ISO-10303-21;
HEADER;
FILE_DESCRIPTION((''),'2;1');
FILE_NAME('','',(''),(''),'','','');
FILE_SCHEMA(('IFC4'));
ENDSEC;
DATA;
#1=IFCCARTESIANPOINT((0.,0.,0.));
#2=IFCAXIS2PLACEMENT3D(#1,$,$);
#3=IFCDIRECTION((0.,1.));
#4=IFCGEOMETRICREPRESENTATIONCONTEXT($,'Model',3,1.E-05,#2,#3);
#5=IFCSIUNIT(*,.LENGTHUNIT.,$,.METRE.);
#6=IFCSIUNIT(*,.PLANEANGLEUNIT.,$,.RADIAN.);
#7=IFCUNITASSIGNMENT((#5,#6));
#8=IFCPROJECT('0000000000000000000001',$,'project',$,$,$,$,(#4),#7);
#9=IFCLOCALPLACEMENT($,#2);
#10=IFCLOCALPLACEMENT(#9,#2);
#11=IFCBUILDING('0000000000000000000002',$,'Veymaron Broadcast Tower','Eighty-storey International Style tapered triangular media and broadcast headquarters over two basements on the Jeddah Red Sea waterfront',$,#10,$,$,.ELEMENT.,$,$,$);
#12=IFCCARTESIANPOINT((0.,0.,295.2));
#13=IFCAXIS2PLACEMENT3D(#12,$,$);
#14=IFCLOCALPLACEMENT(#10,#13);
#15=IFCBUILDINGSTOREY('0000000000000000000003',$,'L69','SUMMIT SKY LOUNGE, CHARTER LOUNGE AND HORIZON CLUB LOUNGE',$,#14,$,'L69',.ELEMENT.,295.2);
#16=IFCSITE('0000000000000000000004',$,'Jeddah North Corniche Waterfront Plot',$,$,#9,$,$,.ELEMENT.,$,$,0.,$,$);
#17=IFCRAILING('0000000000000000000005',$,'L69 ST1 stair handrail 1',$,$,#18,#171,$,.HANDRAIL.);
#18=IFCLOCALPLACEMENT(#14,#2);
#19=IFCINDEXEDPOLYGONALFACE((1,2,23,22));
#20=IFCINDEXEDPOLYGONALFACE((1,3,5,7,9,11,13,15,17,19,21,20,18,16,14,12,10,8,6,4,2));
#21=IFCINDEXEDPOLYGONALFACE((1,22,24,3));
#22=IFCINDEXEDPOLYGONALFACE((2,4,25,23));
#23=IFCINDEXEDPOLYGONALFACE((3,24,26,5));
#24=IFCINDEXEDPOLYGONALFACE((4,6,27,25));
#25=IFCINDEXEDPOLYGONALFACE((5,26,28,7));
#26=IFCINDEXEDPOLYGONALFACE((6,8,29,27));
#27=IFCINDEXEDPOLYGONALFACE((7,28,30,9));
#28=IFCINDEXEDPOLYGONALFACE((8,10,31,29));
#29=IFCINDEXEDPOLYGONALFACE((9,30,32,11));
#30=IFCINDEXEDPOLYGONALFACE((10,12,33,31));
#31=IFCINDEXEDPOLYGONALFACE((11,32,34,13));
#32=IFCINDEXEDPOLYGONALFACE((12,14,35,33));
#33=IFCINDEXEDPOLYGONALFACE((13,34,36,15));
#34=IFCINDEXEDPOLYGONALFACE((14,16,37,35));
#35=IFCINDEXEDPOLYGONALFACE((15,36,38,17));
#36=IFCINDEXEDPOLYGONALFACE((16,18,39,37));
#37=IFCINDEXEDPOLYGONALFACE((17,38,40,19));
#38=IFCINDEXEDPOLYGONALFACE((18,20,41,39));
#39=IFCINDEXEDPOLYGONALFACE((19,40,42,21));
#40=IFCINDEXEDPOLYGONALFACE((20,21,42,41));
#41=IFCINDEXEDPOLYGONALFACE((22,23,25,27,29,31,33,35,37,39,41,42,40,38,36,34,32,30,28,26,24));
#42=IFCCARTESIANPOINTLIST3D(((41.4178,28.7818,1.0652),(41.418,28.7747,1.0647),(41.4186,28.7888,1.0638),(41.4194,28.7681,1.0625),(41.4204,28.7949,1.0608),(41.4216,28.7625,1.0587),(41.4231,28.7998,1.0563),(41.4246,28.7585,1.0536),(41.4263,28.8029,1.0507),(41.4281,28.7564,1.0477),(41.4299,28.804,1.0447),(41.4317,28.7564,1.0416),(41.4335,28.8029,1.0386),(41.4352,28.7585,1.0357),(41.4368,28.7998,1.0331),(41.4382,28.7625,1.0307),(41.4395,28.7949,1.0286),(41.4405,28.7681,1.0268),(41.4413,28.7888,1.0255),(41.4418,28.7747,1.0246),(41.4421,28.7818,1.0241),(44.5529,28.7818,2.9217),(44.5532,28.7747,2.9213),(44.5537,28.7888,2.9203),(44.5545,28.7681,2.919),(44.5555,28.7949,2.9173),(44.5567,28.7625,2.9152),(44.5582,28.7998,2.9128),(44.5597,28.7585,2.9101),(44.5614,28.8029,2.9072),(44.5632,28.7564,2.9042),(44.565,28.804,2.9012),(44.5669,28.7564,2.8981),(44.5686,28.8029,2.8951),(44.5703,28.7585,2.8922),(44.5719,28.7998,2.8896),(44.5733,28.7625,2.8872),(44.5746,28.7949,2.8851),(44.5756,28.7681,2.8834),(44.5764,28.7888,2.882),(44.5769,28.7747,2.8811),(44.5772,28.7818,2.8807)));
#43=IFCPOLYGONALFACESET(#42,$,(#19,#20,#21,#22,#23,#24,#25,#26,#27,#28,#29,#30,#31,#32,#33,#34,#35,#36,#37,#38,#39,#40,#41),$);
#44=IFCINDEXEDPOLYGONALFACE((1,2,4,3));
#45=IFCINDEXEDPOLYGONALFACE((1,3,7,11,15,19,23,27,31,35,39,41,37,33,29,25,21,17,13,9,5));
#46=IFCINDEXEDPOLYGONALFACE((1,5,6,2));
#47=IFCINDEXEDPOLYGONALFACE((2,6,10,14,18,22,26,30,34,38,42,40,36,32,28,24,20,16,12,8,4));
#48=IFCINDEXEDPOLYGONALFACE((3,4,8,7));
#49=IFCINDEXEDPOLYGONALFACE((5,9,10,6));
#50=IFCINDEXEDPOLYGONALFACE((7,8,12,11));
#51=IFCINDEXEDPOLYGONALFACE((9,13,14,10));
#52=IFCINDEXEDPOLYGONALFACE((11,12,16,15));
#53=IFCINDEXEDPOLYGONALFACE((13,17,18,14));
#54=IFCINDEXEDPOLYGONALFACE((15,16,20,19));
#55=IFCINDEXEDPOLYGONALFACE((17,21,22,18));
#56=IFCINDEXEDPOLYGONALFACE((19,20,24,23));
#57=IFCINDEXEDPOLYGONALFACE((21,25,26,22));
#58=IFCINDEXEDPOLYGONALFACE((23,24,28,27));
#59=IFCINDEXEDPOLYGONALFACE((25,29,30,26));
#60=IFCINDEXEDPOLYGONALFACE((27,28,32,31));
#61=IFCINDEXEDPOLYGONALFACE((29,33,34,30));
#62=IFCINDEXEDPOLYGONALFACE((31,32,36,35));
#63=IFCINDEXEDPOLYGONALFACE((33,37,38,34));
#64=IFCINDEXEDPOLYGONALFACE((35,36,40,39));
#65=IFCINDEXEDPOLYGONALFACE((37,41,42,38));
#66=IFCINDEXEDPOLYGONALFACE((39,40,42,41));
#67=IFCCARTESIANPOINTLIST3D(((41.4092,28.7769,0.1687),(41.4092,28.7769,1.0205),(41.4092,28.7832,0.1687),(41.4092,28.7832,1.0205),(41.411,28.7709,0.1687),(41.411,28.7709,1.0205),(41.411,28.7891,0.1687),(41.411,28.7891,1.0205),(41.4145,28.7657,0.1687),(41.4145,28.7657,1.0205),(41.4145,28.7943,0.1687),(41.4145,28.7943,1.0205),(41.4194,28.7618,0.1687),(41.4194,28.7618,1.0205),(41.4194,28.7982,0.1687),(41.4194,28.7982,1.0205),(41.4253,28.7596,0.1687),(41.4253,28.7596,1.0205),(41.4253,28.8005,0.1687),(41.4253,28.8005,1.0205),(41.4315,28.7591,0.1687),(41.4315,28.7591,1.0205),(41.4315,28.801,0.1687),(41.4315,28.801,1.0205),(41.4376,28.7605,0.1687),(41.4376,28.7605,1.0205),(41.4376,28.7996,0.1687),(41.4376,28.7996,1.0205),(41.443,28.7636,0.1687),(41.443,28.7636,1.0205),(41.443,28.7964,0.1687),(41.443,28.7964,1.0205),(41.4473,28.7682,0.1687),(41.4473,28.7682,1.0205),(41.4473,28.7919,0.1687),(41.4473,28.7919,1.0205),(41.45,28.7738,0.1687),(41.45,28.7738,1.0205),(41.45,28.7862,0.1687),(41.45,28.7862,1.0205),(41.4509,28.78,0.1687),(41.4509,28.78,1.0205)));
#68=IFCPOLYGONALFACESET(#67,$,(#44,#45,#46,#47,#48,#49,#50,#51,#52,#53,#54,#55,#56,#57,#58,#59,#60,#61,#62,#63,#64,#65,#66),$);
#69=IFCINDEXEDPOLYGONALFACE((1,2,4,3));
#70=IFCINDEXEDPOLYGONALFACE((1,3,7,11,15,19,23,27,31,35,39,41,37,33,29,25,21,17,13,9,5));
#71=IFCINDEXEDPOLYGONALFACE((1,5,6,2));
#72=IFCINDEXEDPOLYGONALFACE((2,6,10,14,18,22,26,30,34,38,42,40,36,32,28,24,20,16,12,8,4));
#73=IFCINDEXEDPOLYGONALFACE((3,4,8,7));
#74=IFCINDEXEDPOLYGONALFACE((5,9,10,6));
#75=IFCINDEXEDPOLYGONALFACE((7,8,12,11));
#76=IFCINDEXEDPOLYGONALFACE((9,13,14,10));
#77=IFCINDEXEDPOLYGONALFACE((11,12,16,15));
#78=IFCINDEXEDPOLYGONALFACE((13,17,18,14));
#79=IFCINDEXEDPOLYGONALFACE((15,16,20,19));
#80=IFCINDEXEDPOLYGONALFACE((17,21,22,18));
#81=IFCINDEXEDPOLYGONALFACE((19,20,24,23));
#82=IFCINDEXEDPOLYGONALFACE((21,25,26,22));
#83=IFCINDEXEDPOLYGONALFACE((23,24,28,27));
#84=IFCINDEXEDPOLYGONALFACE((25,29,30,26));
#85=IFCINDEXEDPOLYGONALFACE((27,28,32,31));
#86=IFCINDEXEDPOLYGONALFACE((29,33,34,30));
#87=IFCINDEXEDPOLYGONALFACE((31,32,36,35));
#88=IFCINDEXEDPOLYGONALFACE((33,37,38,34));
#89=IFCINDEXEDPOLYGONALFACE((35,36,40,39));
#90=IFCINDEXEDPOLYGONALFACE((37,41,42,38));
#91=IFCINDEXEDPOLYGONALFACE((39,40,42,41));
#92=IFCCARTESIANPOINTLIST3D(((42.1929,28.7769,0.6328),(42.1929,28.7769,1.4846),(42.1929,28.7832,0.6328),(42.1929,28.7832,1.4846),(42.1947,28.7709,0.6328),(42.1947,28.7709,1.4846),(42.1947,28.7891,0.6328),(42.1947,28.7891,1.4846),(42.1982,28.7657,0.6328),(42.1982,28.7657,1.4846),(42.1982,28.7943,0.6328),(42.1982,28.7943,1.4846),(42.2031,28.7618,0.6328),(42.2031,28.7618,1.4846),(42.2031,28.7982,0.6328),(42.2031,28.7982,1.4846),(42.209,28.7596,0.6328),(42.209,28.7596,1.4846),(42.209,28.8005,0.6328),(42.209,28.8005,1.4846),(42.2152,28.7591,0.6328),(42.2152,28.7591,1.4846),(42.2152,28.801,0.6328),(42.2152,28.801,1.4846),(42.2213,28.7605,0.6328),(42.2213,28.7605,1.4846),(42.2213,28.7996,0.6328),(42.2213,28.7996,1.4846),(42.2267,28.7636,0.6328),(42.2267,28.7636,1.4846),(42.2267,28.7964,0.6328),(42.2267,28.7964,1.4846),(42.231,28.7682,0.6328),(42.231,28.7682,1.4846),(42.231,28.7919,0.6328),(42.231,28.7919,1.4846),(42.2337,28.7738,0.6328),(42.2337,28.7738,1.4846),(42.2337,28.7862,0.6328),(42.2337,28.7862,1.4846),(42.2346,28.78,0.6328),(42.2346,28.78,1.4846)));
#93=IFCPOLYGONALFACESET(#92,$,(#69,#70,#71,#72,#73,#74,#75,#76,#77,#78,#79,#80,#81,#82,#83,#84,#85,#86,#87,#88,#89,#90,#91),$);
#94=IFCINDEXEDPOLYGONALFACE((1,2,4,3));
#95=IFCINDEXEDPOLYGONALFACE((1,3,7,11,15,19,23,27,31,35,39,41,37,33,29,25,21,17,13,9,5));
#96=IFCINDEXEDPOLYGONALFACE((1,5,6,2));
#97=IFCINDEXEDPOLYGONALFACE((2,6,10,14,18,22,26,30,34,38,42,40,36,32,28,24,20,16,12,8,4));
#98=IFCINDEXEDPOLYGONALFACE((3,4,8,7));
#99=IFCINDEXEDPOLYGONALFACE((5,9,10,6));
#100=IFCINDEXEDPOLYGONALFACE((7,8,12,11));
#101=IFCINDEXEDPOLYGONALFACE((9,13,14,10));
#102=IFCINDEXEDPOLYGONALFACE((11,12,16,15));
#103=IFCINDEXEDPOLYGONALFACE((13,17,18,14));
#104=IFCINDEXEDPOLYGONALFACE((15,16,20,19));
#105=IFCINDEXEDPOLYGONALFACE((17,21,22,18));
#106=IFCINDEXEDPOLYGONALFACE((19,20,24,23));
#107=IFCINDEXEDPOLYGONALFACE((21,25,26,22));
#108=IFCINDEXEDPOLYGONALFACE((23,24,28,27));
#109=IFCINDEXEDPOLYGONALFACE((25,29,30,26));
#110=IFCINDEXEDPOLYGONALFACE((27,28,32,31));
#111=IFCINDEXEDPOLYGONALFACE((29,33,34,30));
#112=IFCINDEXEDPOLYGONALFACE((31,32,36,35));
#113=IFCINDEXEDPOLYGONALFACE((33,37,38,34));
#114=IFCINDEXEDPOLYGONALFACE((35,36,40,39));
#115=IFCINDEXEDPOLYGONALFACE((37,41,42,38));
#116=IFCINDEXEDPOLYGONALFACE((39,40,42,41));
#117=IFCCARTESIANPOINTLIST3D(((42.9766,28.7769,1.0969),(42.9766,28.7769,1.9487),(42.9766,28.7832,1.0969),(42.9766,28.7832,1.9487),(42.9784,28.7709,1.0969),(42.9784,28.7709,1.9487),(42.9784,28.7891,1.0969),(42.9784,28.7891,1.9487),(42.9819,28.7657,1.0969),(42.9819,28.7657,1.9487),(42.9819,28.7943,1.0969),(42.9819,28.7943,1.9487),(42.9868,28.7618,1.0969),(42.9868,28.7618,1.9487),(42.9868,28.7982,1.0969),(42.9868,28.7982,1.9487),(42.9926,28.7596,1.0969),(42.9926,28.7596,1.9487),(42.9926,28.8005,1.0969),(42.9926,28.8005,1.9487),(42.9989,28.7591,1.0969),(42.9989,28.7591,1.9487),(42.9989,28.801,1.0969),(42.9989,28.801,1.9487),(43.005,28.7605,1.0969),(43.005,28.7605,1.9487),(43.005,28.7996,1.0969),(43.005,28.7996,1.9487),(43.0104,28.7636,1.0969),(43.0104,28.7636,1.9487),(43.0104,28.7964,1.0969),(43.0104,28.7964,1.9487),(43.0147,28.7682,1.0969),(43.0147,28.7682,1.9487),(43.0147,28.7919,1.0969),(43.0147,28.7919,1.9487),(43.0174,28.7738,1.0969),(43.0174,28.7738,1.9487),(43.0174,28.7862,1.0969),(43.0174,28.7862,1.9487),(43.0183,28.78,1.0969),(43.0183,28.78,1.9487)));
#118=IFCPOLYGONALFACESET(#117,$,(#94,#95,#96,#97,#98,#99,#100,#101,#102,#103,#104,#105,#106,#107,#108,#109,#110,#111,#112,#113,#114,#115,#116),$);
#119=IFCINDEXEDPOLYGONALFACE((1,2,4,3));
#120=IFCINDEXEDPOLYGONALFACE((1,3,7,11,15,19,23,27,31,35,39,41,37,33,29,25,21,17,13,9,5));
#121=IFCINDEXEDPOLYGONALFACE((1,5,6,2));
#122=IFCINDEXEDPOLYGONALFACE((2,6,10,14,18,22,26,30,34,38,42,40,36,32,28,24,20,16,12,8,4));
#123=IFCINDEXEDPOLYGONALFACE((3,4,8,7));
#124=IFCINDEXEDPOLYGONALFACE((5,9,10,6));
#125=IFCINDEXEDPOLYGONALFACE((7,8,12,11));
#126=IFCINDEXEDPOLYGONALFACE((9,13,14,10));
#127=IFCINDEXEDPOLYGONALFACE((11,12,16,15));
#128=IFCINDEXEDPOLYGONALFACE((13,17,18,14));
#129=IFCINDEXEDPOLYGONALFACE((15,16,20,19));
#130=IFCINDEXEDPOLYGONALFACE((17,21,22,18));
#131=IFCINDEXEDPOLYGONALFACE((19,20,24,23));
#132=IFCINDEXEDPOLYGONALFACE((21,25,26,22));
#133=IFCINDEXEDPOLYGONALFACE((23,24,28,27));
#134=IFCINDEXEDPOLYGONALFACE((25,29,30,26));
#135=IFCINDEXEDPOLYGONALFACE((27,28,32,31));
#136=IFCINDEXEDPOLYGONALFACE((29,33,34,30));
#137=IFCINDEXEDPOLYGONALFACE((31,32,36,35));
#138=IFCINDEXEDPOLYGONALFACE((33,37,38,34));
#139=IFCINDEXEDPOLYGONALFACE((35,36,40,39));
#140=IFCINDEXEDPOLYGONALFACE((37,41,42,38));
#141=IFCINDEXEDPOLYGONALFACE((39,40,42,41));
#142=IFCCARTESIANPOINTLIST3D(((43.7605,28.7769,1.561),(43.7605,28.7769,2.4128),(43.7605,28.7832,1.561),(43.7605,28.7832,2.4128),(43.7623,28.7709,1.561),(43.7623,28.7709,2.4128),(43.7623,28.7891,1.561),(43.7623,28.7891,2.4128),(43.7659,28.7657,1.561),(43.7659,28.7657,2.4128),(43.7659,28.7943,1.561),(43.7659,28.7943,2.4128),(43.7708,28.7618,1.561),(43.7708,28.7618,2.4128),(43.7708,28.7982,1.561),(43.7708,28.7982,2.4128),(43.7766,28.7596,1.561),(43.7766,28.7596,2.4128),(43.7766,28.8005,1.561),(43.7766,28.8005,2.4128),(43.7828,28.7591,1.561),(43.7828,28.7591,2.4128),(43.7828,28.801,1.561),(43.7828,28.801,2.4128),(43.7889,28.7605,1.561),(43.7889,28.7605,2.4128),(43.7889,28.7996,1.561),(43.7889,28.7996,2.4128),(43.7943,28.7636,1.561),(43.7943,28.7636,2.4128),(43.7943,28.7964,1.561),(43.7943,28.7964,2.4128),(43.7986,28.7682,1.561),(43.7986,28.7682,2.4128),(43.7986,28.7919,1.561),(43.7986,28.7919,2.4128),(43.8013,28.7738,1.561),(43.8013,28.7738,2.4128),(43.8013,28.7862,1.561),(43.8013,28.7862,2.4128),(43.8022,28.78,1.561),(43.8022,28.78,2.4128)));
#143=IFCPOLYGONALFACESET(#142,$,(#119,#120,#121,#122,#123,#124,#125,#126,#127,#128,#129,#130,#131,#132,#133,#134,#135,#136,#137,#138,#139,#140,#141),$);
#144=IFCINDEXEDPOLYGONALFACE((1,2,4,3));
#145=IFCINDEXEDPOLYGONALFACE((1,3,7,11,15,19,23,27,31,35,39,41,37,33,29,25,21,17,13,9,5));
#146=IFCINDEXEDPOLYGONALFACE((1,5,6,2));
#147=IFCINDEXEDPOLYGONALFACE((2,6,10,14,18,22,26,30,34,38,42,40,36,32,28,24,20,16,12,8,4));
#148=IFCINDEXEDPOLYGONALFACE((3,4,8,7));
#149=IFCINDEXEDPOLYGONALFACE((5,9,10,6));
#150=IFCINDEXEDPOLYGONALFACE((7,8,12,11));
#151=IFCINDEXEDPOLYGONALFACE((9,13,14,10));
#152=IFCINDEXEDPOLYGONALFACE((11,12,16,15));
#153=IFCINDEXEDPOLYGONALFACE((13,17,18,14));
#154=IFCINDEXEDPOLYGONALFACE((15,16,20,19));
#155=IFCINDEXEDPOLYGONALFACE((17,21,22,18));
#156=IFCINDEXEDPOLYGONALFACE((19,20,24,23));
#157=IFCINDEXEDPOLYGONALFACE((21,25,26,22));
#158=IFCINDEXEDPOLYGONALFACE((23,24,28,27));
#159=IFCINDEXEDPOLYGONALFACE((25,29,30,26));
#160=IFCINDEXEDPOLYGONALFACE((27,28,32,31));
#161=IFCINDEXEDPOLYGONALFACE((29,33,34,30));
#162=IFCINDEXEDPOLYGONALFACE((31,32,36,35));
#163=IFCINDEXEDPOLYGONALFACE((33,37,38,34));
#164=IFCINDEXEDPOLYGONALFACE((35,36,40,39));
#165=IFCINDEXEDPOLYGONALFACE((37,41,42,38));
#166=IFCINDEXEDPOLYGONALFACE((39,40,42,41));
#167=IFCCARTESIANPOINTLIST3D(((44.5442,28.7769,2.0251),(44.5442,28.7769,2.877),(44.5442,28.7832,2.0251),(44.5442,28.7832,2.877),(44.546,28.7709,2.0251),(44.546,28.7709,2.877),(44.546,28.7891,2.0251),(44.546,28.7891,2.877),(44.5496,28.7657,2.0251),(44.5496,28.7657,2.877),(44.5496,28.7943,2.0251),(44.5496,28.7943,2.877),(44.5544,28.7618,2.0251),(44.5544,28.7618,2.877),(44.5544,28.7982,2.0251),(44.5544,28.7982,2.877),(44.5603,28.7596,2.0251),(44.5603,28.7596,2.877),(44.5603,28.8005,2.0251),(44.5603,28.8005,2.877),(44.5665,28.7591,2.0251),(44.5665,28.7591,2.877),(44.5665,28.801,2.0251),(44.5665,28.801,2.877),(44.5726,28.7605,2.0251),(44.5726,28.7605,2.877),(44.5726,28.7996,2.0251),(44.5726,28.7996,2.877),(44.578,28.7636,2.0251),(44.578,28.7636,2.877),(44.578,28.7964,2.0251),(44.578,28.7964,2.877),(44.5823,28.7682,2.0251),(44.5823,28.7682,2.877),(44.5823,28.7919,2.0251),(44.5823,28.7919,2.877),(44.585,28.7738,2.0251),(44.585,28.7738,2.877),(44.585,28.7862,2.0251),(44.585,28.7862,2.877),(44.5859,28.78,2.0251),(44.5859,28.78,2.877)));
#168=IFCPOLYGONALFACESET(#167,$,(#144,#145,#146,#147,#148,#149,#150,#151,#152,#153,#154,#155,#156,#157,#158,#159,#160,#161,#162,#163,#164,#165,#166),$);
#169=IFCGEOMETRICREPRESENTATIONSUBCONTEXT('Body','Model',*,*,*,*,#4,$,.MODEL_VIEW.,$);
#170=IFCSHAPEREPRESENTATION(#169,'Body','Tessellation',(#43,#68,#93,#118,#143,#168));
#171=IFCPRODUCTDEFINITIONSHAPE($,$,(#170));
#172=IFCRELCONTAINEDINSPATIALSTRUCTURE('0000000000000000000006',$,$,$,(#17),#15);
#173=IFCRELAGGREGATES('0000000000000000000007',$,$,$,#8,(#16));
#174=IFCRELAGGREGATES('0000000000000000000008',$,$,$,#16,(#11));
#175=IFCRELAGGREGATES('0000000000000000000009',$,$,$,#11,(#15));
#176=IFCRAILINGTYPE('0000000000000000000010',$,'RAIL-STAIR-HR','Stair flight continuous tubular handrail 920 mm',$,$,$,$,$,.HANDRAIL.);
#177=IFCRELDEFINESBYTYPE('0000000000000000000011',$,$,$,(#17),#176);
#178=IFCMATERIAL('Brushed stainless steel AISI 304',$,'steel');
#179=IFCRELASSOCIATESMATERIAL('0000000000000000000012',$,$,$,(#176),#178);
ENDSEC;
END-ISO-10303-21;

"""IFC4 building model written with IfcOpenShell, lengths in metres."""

from ifc_helpers import new_model, si_unit, direction, frame, origin, origin_2d, place, context, subcontext, project, spatial, circle, extrude, material, type_object, element, save


model = new_model("IFC4")

# Units and contexts
model_context = context("Model", 3, precision=1e-05, world=origin(), true_north=direction((0.0, 1.0)))
body_context = subcontext(model_context, "Body", "Model", "MODEL_VIEW")
ifc_project = project(units=[si_unit("LENGTHUNIT", "METRE"), si_unit("PLANEANGLEUNIT", "RADIAN")], contexts=[model_context])

# Site, building, storey
site_placement = place(None, origin())
site = spatial("IfcSite", under=ifc_project, at=site_placement, Name="Jeddah North Corniche Waterfront Plot", CompositionType="ELEMENT", RefElevation=0.0)
building_placement = place(site_placement, origin())
building = spatial("IfcBuilding", under=site, at=building_placement, Name="Veymaron Broadcast Tower", Description="Eighty-storey International Style tapered triangular media and broadcast headquarters over two basements on the Jeddah Red Sea waterfront", CompositionType="ELEMENT")
storey_placement = place(building_placement, frame((0.0, 0.0, 295.2)))
storey = spatial("IfcBuildingStorey", under=building, at=storey_placement, Name="L69", Description="SUMMIT SKY LOUNGE, CHARTER LOUNGE AND HORIZON CLUB LOUNGE", LongName="L69", CompositionType="ELEMENT", Elevation=295.2)

# Railing
ifc_material_1 = material(Name="Brushed stainless steel AISI 304", Category="steel")
railing_type_1 = type_object("IfcRailingType", Name="RAIL-STAIR-HR", Description="Stair flight continuous tubular handrail 920 mm", PredefinedType="HANDRAIL", material=ifc_material_1)
railing_1_placement = place(storey_placement, frame((41.4299, 28.78, 0.1687)))
element("IfcRailing", 1, at=railing_1_placement, inside=storey, type_object=railing_type_1, Name="L69 ST1 stair handrail 1", PredefinedType="HANDRAIL", context=body_context, shape_type="SweptSolid", body=[
    extrude(circle(Radius=0.0239, at=origin_2d()), frame((0.0, 0.0, 0.876), z_axis=(0.860453, 0.0, 0.509531), x_axis=(0.0, 1.0, 0.0)), (0.0, 0.0, 1.0), 3.6436),
    extrude(circle(Radius=0.021, at=origin_2d()), origin(), (0.0, 0.0, 1.0), 0.8518),
    extrude(circle(Radius=0.021, at=origin_2d()), frame((0.7837, 0.0, 0.4641)), (0.0, 0.0, 1.0), 0.8518),
    extrude(circle(Radius=0.021, at=origin_2d()), frame((1.5674, 0.0, 0.9282)), (0.0, 0.0, 1.0), 0.8518),
    extrude(circle(Radius=0.021, at=origin_2d()), frame((2.3513, 0.0, 1.3923)), (0.0, 0.0, 1.0), 0.8518),
    extrude(circle(Radius=0.021, at=origin_2d()), frame((3.135, 0.0, 1.8564)), (0.0, 0.0, 1.0), 0.8518),
])

save(model, "model.ifc")
